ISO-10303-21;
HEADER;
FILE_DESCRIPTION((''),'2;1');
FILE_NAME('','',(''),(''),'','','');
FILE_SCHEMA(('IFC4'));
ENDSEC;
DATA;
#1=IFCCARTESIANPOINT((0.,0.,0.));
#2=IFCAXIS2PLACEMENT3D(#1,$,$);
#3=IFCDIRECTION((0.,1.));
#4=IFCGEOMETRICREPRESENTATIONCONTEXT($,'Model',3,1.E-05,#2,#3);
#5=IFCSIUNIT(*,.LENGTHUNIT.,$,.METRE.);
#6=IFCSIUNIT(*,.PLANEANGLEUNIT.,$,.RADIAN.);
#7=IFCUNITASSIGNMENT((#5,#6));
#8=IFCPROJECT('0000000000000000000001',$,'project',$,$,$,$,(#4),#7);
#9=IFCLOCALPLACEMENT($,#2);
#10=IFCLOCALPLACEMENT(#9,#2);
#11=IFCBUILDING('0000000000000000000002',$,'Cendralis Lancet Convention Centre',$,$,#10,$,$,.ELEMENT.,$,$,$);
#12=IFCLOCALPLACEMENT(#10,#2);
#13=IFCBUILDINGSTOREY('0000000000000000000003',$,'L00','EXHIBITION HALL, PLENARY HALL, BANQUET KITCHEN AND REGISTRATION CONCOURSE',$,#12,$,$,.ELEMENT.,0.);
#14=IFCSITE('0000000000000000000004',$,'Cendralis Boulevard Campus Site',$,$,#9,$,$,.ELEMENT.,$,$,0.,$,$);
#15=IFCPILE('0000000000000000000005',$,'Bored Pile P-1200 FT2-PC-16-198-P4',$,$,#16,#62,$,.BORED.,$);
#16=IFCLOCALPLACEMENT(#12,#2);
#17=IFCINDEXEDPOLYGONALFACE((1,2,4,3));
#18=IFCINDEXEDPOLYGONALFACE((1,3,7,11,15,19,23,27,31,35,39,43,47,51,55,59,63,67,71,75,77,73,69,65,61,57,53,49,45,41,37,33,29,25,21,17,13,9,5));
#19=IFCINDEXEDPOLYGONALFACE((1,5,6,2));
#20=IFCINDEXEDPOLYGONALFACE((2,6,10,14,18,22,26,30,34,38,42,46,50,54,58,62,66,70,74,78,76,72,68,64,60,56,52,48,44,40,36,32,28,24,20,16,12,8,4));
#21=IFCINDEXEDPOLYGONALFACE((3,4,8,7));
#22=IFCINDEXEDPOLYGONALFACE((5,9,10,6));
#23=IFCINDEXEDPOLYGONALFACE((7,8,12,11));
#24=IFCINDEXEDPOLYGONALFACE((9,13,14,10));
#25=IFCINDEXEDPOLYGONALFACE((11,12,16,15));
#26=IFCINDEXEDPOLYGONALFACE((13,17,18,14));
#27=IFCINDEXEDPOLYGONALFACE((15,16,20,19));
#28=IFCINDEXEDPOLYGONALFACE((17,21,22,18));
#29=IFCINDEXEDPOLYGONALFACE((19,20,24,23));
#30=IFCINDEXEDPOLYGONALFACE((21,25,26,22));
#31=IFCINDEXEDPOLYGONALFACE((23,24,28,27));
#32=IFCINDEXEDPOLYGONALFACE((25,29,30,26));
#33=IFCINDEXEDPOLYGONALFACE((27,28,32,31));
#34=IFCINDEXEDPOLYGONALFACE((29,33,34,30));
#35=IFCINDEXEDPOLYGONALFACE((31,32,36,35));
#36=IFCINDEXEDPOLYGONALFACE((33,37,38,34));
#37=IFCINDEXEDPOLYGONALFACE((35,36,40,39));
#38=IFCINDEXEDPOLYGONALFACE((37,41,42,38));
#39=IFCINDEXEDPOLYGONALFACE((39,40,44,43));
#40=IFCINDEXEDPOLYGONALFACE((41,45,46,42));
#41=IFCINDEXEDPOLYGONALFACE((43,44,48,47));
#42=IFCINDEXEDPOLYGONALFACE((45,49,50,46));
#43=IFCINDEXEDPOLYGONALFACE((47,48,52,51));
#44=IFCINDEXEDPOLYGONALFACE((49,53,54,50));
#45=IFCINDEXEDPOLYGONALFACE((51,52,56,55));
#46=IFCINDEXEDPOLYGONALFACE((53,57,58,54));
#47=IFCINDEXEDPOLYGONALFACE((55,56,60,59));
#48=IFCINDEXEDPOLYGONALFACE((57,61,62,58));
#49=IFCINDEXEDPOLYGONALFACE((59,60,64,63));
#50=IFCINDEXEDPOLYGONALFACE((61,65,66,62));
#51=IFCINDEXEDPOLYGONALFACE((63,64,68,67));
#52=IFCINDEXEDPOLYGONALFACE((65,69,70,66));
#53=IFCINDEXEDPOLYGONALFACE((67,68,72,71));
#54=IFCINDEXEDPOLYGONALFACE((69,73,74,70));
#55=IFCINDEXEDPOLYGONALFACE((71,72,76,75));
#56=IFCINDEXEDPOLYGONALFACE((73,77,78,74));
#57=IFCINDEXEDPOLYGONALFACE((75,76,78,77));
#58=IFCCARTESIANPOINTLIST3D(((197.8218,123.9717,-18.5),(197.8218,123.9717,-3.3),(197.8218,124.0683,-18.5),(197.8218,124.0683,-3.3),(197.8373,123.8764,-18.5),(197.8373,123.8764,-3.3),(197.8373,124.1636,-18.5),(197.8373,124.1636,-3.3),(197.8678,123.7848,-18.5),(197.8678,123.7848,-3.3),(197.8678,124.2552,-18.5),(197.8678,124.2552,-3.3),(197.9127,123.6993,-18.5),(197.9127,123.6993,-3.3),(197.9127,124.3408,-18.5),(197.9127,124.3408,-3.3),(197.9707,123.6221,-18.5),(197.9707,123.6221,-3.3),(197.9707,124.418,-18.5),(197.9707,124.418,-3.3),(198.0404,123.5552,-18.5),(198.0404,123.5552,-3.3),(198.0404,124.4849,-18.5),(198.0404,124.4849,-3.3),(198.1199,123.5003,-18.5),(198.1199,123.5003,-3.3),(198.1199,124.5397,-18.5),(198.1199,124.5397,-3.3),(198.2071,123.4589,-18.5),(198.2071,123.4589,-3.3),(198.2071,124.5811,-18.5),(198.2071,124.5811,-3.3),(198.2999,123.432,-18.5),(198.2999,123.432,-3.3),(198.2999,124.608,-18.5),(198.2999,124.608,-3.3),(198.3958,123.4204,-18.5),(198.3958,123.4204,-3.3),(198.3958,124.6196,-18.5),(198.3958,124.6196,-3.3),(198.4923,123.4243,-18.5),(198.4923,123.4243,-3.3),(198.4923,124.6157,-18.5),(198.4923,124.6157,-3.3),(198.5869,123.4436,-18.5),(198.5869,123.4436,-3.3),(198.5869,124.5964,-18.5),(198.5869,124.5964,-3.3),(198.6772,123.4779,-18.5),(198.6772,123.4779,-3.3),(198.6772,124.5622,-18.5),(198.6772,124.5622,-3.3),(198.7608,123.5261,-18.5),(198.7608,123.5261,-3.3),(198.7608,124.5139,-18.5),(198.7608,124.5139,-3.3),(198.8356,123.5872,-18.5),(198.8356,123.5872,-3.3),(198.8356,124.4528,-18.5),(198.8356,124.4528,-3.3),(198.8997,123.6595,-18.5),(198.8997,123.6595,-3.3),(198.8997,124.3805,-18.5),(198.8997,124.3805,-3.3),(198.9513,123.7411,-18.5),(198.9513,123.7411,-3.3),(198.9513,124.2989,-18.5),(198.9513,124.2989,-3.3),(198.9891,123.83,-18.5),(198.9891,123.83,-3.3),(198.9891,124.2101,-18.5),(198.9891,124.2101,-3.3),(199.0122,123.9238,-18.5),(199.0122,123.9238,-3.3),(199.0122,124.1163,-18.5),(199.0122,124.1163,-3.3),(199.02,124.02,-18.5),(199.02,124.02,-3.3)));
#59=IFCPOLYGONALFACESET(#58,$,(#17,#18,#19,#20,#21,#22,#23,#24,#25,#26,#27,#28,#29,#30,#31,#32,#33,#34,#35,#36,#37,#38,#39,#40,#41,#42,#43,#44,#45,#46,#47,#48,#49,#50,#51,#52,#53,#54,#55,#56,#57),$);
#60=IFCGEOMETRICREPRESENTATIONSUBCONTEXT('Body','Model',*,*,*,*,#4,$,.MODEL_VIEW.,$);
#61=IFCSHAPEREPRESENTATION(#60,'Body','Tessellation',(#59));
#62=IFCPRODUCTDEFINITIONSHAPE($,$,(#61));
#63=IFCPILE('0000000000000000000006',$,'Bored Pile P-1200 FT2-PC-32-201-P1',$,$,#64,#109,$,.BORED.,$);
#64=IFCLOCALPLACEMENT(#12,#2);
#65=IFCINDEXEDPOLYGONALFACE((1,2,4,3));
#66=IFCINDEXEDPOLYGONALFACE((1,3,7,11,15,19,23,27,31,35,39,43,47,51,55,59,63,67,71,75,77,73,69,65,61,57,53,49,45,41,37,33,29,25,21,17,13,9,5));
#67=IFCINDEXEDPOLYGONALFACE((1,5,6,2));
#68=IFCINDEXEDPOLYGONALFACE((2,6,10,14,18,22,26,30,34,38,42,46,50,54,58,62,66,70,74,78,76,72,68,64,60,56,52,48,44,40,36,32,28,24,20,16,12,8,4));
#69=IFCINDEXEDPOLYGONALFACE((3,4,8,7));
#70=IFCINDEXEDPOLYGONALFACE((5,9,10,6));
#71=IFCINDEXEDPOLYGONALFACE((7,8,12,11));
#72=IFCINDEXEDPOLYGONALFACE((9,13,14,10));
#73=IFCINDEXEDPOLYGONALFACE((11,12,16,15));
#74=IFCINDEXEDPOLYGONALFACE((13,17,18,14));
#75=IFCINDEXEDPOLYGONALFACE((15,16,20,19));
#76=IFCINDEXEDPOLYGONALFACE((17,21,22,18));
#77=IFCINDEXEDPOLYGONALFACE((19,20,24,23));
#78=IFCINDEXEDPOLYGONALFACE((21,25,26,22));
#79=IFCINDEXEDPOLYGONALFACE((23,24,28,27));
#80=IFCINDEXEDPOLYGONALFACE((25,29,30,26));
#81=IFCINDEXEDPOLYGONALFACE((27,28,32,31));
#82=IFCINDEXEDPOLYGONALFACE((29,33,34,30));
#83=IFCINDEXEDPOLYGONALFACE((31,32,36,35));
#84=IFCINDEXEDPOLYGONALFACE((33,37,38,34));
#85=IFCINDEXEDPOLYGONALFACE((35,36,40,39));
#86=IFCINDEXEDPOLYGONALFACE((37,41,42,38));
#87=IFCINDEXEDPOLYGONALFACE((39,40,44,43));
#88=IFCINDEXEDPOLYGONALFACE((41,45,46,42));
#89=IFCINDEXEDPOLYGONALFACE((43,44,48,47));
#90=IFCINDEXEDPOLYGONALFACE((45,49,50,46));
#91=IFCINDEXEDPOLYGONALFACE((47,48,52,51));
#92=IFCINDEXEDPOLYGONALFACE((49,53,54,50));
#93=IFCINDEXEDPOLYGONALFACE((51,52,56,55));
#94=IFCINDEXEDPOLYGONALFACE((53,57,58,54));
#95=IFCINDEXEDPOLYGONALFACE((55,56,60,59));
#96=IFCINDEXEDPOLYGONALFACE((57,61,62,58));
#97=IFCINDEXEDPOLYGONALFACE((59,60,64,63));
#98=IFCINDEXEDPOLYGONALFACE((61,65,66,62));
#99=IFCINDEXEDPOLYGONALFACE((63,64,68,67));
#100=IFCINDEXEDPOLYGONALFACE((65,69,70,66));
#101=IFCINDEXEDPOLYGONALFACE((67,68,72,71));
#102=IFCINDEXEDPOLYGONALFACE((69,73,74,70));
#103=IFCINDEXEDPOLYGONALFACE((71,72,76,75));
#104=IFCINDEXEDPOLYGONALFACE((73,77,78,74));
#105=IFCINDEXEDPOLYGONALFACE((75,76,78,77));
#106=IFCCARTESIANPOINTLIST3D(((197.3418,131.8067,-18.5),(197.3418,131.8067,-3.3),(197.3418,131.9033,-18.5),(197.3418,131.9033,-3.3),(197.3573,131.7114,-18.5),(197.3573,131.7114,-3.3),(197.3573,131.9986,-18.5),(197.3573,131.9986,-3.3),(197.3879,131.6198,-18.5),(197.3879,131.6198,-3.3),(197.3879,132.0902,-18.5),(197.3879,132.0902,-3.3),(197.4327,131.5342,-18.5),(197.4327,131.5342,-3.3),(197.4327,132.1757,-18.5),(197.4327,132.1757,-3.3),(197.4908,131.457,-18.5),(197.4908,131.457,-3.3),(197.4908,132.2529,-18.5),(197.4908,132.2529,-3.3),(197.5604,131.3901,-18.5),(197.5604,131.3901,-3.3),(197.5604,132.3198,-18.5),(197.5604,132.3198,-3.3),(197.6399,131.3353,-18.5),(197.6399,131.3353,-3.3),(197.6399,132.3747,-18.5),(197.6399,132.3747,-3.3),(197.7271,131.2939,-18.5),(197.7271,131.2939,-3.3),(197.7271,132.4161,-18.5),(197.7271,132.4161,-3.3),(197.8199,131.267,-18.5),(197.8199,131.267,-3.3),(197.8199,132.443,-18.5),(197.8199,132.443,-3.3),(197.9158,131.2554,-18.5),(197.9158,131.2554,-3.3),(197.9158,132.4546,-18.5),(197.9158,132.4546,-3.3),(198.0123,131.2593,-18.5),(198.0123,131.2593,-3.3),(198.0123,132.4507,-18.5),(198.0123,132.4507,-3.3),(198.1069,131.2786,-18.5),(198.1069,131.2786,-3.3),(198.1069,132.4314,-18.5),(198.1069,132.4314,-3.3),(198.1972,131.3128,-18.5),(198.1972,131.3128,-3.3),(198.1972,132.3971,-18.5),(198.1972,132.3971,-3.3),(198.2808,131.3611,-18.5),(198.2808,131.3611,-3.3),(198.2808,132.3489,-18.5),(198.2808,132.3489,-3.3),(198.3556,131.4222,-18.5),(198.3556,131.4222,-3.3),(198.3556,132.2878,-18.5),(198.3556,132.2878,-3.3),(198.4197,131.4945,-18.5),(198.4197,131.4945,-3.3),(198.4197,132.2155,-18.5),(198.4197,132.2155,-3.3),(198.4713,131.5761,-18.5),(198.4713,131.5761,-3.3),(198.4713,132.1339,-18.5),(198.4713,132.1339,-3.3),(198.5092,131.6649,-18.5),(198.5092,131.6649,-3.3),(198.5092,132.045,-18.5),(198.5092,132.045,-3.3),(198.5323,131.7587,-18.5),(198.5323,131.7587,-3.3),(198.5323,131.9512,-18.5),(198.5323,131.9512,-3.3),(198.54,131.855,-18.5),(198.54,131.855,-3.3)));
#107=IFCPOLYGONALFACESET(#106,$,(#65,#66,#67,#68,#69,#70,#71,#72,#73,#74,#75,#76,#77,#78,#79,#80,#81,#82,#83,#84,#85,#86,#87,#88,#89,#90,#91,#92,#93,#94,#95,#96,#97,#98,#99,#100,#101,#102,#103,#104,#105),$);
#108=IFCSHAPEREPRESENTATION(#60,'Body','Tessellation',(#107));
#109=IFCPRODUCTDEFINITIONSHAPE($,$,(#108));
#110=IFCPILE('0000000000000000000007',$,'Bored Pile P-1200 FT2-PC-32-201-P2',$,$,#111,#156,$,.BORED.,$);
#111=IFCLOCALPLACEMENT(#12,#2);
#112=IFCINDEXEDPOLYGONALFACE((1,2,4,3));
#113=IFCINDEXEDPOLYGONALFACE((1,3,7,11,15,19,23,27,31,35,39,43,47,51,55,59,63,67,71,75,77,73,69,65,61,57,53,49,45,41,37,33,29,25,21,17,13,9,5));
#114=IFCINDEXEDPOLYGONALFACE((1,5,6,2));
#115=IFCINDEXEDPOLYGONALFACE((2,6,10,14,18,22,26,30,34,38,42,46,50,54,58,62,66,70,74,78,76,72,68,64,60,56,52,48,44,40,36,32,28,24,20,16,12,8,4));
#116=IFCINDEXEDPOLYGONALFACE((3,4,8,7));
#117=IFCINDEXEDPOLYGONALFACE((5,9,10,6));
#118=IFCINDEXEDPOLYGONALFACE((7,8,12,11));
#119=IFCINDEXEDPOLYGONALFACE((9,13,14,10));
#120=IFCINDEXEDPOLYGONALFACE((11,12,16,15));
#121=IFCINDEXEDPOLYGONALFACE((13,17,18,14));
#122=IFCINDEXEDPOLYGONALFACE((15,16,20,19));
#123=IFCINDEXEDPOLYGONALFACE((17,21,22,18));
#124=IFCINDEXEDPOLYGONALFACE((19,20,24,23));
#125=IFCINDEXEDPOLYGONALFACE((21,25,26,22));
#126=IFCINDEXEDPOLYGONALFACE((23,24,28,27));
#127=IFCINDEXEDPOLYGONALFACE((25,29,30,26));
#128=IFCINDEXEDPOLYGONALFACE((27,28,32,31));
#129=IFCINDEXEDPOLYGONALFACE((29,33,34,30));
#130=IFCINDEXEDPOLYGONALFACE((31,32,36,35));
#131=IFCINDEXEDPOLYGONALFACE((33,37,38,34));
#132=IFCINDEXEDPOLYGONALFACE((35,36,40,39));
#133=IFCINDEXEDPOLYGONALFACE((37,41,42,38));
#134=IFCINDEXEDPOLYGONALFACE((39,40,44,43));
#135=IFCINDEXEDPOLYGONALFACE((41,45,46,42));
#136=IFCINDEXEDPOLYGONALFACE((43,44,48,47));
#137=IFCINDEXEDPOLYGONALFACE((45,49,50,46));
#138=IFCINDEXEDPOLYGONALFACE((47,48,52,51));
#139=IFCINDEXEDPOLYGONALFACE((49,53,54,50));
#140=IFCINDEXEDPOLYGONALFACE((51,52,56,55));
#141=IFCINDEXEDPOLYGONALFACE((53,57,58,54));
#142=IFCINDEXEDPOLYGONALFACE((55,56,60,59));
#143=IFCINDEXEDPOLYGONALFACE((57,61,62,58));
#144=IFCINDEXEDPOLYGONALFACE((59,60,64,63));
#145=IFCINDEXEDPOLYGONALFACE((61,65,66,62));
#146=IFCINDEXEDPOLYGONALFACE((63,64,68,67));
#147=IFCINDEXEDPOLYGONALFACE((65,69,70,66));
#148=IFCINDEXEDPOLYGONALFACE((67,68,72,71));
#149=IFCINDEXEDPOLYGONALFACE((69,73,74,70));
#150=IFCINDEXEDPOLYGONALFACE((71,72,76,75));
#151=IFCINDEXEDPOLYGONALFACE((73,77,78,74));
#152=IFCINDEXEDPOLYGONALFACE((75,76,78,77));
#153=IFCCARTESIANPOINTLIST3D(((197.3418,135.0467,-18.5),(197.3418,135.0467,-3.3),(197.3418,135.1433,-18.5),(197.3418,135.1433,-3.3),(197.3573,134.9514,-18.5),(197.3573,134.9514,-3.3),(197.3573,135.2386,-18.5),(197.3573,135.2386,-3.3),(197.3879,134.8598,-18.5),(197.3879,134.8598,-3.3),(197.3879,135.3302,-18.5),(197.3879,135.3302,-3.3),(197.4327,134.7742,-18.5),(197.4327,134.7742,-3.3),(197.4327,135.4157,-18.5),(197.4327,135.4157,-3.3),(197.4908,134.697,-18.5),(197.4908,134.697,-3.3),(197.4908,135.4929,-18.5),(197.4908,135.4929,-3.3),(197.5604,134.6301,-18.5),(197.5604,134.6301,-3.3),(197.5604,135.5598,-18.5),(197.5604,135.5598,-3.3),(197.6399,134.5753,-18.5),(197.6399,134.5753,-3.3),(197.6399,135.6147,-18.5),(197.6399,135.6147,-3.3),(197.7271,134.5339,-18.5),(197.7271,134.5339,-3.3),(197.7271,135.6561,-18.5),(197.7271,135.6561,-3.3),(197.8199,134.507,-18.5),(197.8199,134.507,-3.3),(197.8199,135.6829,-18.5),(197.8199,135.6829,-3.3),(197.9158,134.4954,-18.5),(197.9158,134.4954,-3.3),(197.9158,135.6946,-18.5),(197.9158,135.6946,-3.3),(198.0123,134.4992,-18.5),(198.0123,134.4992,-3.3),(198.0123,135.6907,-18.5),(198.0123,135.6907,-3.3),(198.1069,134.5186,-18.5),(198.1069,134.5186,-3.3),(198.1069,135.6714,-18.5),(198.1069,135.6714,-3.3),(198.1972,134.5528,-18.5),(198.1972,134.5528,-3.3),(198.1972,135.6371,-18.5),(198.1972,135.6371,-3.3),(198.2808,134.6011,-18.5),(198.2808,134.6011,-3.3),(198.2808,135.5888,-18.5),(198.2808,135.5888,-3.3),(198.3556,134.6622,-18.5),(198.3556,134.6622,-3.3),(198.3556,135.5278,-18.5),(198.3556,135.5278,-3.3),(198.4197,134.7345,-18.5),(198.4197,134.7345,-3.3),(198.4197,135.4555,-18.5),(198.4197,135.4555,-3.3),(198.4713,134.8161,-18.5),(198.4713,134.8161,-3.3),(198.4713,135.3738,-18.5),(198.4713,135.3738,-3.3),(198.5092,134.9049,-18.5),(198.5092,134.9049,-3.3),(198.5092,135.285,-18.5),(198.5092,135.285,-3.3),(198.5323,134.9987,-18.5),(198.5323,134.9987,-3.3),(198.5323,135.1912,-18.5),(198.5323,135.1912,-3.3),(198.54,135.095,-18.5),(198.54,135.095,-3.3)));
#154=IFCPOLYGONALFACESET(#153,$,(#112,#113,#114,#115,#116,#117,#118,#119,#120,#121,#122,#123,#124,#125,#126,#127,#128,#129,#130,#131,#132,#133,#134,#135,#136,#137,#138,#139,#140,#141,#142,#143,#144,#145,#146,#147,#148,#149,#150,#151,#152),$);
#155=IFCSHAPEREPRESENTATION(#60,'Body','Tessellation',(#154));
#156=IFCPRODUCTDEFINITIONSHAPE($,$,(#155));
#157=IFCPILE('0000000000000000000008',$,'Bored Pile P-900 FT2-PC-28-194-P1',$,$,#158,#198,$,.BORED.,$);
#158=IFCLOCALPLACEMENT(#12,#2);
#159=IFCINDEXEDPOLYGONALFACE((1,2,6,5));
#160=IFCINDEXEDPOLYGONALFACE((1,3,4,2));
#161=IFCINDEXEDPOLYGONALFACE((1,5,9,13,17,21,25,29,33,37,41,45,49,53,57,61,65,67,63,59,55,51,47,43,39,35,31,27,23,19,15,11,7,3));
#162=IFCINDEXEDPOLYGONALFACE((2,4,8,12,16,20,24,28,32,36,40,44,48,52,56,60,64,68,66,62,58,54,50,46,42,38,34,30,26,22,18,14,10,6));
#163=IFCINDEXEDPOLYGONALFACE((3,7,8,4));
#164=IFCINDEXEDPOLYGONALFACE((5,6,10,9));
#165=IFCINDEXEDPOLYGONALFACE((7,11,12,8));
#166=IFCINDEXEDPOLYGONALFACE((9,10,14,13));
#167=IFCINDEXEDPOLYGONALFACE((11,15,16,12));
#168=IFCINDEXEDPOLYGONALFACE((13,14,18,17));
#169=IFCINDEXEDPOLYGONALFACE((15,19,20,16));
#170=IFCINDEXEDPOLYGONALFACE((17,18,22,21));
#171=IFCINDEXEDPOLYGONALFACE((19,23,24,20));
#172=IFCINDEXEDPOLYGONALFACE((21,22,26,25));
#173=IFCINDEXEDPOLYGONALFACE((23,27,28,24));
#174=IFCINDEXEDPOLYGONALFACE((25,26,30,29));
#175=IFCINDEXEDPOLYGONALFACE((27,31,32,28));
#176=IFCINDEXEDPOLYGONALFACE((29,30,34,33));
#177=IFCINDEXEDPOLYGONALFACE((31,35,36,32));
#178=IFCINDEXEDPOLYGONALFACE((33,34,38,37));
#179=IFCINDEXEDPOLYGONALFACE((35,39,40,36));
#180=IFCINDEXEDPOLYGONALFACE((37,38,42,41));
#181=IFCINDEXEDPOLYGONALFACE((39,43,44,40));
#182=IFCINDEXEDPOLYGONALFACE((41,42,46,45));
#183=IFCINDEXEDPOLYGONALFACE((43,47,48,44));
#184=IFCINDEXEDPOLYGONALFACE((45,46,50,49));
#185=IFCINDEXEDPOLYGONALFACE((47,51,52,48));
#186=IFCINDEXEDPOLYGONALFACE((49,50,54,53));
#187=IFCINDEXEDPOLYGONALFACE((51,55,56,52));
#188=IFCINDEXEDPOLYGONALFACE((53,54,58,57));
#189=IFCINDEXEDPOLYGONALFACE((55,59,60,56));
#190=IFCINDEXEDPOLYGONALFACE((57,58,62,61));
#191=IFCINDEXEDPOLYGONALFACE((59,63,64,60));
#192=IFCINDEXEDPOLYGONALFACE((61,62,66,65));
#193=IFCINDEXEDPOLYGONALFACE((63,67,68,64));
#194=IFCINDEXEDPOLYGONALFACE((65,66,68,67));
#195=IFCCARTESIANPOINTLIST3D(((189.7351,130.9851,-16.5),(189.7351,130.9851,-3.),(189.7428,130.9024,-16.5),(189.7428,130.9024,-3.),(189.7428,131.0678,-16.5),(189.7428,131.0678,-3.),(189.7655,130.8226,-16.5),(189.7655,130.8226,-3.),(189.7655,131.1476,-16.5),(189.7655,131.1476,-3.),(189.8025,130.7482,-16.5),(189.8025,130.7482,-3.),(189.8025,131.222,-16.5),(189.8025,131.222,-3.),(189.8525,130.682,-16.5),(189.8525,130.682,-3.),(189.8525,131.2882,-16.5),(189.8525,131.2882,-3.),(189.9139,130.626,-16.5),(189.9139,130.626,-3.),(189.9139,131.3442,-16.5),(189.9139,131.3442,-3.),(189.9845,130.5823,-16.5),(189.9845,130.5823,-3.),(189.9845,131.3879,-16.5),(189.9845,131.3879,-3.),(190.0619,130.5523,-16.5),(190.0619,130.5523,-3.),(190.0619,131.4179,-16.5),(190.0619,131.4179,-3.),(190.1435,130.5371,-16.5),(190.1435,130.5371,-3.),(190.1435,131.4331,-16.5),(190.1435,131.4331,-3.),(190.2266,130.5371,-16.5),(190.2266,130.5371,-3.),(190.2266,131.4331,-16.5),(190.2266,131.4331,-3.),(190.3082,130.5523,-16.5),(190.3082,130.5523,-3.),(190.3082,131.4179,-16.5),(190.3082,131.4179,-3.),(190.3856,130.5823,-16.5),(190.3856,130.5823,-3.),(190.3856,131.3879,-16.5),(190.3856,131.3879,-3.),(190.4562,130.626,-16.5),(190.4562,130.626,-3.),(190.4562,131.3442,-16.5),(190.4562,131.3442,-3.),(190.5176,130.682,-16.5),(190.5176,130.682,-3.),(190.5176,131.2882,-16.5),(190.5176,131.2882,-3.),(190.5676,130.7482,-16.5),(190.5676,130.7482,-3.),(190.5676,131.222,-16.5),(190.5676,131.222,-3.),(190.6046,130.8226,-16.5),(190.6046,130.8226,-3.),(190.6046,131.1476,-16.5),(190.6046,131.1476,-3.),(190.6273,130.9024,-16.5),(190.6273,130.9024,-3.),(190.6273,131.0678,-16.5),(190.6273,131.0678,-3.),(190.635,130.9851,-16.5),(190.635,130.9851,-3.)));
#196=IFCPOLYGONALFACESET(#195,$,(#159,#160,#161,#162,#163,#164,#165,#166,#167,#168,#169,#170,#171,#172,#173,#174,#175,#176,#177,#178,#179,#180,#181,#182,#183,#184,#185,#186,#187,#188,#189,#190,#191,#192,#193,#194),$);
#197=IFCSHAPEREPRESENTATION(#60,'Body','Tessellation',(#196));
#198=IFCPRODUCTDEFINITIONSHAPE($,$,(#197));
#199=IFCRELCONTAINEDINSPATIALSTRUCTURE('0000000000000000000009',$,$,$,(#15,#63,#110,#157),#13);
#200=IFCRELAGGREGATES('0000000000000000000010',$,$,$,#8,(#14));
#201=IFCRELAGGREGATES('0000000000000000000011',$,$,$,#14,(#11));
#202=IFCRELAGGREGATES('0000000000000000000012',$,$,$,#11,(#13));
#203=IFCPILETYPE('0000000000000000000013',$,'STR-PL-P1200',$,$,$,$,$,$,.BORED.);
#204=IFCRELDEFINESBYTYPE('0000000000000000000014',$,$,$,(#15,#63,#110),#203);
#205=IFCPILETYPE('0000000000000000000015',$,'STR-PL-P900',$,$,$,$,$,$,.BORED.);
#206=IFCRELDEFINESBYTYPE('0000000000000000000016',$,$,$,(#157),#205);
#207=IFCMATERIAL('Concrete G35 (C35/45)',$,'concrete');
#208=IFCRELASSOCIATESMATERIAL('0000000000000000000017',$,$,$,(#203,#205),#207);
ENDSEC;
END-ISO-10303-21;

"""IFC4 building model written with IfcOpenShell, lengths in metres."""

from ifc_helpers import new_model, si_unit, direction, frame, origin, origin_2d, place, context, subcontext, project, spatial, circle, extrude, material, material_profile, profile_set, type_object, element, save


model = new_model("IFC4")

# Units and contexts
model_context = context("Model", 3, precision=1e-05, world=origin(), true_north=direction((0.0, 1.0)))
body_context = subcontext(model_context, "Body", "Model", "MODEL_VIEW")
ifc_project = project(units=[si_unit("LENGTHUNIT", "METRE"), si_unit("PLANEANGLEUNIT", "RADIAN")], contexts=[model_context])

# Site, building, storey
site_placement = place(None, origin())
site = spatial("IfcSite", under=ifc_project, at=site_placement, Name="Cendralis Boulevard Campus Site", CompositionType="ELEMENT", RefElevation=0.0)
building_placement = place(site_placement, origin())
building = spatial("IfcBuilding", under=site, at=building_placement, Name="Cendralis Lancet Convention Centre", CompositionType="ELEMENT")
storey_placement = place(building_placement, origin())
storey = spatial("IfcBuildingStorey", under=building, at=storey_placement, Name="L00", Description="EXHIBITION HALL, PLENARY HALL, BANQUET KITCHEN AND REGISTRATION CONCOURSE", CompositionType="ELEMENT", Elevation=0.0)

# Shared definitions
ifc_material_1 = material(Name="Concrete G35 (C35/45)", Category="concrete")

# Piles
ifc_material_profile_1 = material_profile(ifc_material_1, circle(Radius=0.6001, at=origin_2d()), Name="BORED PILE D1200")
ifc_profile_set_1 = profile_set([ifc_material_profile_1], Name="Concrete G35 (C35/45)")
pile_type_1 = type_object("IfcPileType", Name="STR-PL-P1200", PredefinedType="BORED", material=ifc_profile_set_1)
for number, where, z_axis, x_axis, name in (
    (1, (198.4199, 124.02, -3.3), (0.0, 0.0, -1.0), (1.0, 0.0, 0.0), "Bored Pile P-1200 FT2-PC-16-198-P4"),
    (2, (197.9399, 131.855, -3.3), (0.0, 0.0, -1.0), (1.0, 0.0, 0.0), "Bored Pile P-1200 FT2-PC-32-201-P1"),
    (3, (197.9399, 135.095, -3.3), (0.0, 0.0, -1.0), (1.0, 0.0, 0.0), "Bored Pile P-1200 FT2-PC-32-201-P2"),
):
    element("IfcPile", number, at=place(storey_placement, frame(where, z_axis=z_axis, x_axis=x_axis)), inside=storey, type_object=pile_type_1, Name=name, PredefinedType="BORED", context=body_context, shape_type="SweptSolid", body=[
        extrude(circle(Radius=0.6001, at=origin_2d()), origin(), (0.0, 0.0, 1.0), 15.2),
    ])
ifc_material_profile_2 = material_profile(ifc_material_1, circle(Radius=0.45, at=origin_2d()), Name="BORED PILE D900")
ifc_profile_set_2 = profile_set([ifc_material_profile_2], Name="Concrete G35 (C35/45)")
pile_type_2 = type_object("IfcPileType", Name="STR-PL-P900", PredefinedType="BORED", material=ifc_profile_set_2)
for number, where, z_axis, x_axis, name in (
    (4, (190.1851, 130.9851, -3.0), (0.0, 0.0, -1.0), (1.0, 0.0, 0.0), "Bored Pile P-900 FT2-PC-28-194-P1"),
):
    element("IfcPile", number, at=place(storey_placement, frame(where, z_axis=z_axis, x_axis=x_axis)), inside=storey, type_object=pile_type_2, Name=name, PredefinedType="BORED", context=body_context, shape_type="SweptSolid", body=[
        extrude(circle(Radius=0.45, at=origin_2d()), origin(), (0.0, 0.0, 1.0), 13.5),
    ])

save(model, "model.ifc")
